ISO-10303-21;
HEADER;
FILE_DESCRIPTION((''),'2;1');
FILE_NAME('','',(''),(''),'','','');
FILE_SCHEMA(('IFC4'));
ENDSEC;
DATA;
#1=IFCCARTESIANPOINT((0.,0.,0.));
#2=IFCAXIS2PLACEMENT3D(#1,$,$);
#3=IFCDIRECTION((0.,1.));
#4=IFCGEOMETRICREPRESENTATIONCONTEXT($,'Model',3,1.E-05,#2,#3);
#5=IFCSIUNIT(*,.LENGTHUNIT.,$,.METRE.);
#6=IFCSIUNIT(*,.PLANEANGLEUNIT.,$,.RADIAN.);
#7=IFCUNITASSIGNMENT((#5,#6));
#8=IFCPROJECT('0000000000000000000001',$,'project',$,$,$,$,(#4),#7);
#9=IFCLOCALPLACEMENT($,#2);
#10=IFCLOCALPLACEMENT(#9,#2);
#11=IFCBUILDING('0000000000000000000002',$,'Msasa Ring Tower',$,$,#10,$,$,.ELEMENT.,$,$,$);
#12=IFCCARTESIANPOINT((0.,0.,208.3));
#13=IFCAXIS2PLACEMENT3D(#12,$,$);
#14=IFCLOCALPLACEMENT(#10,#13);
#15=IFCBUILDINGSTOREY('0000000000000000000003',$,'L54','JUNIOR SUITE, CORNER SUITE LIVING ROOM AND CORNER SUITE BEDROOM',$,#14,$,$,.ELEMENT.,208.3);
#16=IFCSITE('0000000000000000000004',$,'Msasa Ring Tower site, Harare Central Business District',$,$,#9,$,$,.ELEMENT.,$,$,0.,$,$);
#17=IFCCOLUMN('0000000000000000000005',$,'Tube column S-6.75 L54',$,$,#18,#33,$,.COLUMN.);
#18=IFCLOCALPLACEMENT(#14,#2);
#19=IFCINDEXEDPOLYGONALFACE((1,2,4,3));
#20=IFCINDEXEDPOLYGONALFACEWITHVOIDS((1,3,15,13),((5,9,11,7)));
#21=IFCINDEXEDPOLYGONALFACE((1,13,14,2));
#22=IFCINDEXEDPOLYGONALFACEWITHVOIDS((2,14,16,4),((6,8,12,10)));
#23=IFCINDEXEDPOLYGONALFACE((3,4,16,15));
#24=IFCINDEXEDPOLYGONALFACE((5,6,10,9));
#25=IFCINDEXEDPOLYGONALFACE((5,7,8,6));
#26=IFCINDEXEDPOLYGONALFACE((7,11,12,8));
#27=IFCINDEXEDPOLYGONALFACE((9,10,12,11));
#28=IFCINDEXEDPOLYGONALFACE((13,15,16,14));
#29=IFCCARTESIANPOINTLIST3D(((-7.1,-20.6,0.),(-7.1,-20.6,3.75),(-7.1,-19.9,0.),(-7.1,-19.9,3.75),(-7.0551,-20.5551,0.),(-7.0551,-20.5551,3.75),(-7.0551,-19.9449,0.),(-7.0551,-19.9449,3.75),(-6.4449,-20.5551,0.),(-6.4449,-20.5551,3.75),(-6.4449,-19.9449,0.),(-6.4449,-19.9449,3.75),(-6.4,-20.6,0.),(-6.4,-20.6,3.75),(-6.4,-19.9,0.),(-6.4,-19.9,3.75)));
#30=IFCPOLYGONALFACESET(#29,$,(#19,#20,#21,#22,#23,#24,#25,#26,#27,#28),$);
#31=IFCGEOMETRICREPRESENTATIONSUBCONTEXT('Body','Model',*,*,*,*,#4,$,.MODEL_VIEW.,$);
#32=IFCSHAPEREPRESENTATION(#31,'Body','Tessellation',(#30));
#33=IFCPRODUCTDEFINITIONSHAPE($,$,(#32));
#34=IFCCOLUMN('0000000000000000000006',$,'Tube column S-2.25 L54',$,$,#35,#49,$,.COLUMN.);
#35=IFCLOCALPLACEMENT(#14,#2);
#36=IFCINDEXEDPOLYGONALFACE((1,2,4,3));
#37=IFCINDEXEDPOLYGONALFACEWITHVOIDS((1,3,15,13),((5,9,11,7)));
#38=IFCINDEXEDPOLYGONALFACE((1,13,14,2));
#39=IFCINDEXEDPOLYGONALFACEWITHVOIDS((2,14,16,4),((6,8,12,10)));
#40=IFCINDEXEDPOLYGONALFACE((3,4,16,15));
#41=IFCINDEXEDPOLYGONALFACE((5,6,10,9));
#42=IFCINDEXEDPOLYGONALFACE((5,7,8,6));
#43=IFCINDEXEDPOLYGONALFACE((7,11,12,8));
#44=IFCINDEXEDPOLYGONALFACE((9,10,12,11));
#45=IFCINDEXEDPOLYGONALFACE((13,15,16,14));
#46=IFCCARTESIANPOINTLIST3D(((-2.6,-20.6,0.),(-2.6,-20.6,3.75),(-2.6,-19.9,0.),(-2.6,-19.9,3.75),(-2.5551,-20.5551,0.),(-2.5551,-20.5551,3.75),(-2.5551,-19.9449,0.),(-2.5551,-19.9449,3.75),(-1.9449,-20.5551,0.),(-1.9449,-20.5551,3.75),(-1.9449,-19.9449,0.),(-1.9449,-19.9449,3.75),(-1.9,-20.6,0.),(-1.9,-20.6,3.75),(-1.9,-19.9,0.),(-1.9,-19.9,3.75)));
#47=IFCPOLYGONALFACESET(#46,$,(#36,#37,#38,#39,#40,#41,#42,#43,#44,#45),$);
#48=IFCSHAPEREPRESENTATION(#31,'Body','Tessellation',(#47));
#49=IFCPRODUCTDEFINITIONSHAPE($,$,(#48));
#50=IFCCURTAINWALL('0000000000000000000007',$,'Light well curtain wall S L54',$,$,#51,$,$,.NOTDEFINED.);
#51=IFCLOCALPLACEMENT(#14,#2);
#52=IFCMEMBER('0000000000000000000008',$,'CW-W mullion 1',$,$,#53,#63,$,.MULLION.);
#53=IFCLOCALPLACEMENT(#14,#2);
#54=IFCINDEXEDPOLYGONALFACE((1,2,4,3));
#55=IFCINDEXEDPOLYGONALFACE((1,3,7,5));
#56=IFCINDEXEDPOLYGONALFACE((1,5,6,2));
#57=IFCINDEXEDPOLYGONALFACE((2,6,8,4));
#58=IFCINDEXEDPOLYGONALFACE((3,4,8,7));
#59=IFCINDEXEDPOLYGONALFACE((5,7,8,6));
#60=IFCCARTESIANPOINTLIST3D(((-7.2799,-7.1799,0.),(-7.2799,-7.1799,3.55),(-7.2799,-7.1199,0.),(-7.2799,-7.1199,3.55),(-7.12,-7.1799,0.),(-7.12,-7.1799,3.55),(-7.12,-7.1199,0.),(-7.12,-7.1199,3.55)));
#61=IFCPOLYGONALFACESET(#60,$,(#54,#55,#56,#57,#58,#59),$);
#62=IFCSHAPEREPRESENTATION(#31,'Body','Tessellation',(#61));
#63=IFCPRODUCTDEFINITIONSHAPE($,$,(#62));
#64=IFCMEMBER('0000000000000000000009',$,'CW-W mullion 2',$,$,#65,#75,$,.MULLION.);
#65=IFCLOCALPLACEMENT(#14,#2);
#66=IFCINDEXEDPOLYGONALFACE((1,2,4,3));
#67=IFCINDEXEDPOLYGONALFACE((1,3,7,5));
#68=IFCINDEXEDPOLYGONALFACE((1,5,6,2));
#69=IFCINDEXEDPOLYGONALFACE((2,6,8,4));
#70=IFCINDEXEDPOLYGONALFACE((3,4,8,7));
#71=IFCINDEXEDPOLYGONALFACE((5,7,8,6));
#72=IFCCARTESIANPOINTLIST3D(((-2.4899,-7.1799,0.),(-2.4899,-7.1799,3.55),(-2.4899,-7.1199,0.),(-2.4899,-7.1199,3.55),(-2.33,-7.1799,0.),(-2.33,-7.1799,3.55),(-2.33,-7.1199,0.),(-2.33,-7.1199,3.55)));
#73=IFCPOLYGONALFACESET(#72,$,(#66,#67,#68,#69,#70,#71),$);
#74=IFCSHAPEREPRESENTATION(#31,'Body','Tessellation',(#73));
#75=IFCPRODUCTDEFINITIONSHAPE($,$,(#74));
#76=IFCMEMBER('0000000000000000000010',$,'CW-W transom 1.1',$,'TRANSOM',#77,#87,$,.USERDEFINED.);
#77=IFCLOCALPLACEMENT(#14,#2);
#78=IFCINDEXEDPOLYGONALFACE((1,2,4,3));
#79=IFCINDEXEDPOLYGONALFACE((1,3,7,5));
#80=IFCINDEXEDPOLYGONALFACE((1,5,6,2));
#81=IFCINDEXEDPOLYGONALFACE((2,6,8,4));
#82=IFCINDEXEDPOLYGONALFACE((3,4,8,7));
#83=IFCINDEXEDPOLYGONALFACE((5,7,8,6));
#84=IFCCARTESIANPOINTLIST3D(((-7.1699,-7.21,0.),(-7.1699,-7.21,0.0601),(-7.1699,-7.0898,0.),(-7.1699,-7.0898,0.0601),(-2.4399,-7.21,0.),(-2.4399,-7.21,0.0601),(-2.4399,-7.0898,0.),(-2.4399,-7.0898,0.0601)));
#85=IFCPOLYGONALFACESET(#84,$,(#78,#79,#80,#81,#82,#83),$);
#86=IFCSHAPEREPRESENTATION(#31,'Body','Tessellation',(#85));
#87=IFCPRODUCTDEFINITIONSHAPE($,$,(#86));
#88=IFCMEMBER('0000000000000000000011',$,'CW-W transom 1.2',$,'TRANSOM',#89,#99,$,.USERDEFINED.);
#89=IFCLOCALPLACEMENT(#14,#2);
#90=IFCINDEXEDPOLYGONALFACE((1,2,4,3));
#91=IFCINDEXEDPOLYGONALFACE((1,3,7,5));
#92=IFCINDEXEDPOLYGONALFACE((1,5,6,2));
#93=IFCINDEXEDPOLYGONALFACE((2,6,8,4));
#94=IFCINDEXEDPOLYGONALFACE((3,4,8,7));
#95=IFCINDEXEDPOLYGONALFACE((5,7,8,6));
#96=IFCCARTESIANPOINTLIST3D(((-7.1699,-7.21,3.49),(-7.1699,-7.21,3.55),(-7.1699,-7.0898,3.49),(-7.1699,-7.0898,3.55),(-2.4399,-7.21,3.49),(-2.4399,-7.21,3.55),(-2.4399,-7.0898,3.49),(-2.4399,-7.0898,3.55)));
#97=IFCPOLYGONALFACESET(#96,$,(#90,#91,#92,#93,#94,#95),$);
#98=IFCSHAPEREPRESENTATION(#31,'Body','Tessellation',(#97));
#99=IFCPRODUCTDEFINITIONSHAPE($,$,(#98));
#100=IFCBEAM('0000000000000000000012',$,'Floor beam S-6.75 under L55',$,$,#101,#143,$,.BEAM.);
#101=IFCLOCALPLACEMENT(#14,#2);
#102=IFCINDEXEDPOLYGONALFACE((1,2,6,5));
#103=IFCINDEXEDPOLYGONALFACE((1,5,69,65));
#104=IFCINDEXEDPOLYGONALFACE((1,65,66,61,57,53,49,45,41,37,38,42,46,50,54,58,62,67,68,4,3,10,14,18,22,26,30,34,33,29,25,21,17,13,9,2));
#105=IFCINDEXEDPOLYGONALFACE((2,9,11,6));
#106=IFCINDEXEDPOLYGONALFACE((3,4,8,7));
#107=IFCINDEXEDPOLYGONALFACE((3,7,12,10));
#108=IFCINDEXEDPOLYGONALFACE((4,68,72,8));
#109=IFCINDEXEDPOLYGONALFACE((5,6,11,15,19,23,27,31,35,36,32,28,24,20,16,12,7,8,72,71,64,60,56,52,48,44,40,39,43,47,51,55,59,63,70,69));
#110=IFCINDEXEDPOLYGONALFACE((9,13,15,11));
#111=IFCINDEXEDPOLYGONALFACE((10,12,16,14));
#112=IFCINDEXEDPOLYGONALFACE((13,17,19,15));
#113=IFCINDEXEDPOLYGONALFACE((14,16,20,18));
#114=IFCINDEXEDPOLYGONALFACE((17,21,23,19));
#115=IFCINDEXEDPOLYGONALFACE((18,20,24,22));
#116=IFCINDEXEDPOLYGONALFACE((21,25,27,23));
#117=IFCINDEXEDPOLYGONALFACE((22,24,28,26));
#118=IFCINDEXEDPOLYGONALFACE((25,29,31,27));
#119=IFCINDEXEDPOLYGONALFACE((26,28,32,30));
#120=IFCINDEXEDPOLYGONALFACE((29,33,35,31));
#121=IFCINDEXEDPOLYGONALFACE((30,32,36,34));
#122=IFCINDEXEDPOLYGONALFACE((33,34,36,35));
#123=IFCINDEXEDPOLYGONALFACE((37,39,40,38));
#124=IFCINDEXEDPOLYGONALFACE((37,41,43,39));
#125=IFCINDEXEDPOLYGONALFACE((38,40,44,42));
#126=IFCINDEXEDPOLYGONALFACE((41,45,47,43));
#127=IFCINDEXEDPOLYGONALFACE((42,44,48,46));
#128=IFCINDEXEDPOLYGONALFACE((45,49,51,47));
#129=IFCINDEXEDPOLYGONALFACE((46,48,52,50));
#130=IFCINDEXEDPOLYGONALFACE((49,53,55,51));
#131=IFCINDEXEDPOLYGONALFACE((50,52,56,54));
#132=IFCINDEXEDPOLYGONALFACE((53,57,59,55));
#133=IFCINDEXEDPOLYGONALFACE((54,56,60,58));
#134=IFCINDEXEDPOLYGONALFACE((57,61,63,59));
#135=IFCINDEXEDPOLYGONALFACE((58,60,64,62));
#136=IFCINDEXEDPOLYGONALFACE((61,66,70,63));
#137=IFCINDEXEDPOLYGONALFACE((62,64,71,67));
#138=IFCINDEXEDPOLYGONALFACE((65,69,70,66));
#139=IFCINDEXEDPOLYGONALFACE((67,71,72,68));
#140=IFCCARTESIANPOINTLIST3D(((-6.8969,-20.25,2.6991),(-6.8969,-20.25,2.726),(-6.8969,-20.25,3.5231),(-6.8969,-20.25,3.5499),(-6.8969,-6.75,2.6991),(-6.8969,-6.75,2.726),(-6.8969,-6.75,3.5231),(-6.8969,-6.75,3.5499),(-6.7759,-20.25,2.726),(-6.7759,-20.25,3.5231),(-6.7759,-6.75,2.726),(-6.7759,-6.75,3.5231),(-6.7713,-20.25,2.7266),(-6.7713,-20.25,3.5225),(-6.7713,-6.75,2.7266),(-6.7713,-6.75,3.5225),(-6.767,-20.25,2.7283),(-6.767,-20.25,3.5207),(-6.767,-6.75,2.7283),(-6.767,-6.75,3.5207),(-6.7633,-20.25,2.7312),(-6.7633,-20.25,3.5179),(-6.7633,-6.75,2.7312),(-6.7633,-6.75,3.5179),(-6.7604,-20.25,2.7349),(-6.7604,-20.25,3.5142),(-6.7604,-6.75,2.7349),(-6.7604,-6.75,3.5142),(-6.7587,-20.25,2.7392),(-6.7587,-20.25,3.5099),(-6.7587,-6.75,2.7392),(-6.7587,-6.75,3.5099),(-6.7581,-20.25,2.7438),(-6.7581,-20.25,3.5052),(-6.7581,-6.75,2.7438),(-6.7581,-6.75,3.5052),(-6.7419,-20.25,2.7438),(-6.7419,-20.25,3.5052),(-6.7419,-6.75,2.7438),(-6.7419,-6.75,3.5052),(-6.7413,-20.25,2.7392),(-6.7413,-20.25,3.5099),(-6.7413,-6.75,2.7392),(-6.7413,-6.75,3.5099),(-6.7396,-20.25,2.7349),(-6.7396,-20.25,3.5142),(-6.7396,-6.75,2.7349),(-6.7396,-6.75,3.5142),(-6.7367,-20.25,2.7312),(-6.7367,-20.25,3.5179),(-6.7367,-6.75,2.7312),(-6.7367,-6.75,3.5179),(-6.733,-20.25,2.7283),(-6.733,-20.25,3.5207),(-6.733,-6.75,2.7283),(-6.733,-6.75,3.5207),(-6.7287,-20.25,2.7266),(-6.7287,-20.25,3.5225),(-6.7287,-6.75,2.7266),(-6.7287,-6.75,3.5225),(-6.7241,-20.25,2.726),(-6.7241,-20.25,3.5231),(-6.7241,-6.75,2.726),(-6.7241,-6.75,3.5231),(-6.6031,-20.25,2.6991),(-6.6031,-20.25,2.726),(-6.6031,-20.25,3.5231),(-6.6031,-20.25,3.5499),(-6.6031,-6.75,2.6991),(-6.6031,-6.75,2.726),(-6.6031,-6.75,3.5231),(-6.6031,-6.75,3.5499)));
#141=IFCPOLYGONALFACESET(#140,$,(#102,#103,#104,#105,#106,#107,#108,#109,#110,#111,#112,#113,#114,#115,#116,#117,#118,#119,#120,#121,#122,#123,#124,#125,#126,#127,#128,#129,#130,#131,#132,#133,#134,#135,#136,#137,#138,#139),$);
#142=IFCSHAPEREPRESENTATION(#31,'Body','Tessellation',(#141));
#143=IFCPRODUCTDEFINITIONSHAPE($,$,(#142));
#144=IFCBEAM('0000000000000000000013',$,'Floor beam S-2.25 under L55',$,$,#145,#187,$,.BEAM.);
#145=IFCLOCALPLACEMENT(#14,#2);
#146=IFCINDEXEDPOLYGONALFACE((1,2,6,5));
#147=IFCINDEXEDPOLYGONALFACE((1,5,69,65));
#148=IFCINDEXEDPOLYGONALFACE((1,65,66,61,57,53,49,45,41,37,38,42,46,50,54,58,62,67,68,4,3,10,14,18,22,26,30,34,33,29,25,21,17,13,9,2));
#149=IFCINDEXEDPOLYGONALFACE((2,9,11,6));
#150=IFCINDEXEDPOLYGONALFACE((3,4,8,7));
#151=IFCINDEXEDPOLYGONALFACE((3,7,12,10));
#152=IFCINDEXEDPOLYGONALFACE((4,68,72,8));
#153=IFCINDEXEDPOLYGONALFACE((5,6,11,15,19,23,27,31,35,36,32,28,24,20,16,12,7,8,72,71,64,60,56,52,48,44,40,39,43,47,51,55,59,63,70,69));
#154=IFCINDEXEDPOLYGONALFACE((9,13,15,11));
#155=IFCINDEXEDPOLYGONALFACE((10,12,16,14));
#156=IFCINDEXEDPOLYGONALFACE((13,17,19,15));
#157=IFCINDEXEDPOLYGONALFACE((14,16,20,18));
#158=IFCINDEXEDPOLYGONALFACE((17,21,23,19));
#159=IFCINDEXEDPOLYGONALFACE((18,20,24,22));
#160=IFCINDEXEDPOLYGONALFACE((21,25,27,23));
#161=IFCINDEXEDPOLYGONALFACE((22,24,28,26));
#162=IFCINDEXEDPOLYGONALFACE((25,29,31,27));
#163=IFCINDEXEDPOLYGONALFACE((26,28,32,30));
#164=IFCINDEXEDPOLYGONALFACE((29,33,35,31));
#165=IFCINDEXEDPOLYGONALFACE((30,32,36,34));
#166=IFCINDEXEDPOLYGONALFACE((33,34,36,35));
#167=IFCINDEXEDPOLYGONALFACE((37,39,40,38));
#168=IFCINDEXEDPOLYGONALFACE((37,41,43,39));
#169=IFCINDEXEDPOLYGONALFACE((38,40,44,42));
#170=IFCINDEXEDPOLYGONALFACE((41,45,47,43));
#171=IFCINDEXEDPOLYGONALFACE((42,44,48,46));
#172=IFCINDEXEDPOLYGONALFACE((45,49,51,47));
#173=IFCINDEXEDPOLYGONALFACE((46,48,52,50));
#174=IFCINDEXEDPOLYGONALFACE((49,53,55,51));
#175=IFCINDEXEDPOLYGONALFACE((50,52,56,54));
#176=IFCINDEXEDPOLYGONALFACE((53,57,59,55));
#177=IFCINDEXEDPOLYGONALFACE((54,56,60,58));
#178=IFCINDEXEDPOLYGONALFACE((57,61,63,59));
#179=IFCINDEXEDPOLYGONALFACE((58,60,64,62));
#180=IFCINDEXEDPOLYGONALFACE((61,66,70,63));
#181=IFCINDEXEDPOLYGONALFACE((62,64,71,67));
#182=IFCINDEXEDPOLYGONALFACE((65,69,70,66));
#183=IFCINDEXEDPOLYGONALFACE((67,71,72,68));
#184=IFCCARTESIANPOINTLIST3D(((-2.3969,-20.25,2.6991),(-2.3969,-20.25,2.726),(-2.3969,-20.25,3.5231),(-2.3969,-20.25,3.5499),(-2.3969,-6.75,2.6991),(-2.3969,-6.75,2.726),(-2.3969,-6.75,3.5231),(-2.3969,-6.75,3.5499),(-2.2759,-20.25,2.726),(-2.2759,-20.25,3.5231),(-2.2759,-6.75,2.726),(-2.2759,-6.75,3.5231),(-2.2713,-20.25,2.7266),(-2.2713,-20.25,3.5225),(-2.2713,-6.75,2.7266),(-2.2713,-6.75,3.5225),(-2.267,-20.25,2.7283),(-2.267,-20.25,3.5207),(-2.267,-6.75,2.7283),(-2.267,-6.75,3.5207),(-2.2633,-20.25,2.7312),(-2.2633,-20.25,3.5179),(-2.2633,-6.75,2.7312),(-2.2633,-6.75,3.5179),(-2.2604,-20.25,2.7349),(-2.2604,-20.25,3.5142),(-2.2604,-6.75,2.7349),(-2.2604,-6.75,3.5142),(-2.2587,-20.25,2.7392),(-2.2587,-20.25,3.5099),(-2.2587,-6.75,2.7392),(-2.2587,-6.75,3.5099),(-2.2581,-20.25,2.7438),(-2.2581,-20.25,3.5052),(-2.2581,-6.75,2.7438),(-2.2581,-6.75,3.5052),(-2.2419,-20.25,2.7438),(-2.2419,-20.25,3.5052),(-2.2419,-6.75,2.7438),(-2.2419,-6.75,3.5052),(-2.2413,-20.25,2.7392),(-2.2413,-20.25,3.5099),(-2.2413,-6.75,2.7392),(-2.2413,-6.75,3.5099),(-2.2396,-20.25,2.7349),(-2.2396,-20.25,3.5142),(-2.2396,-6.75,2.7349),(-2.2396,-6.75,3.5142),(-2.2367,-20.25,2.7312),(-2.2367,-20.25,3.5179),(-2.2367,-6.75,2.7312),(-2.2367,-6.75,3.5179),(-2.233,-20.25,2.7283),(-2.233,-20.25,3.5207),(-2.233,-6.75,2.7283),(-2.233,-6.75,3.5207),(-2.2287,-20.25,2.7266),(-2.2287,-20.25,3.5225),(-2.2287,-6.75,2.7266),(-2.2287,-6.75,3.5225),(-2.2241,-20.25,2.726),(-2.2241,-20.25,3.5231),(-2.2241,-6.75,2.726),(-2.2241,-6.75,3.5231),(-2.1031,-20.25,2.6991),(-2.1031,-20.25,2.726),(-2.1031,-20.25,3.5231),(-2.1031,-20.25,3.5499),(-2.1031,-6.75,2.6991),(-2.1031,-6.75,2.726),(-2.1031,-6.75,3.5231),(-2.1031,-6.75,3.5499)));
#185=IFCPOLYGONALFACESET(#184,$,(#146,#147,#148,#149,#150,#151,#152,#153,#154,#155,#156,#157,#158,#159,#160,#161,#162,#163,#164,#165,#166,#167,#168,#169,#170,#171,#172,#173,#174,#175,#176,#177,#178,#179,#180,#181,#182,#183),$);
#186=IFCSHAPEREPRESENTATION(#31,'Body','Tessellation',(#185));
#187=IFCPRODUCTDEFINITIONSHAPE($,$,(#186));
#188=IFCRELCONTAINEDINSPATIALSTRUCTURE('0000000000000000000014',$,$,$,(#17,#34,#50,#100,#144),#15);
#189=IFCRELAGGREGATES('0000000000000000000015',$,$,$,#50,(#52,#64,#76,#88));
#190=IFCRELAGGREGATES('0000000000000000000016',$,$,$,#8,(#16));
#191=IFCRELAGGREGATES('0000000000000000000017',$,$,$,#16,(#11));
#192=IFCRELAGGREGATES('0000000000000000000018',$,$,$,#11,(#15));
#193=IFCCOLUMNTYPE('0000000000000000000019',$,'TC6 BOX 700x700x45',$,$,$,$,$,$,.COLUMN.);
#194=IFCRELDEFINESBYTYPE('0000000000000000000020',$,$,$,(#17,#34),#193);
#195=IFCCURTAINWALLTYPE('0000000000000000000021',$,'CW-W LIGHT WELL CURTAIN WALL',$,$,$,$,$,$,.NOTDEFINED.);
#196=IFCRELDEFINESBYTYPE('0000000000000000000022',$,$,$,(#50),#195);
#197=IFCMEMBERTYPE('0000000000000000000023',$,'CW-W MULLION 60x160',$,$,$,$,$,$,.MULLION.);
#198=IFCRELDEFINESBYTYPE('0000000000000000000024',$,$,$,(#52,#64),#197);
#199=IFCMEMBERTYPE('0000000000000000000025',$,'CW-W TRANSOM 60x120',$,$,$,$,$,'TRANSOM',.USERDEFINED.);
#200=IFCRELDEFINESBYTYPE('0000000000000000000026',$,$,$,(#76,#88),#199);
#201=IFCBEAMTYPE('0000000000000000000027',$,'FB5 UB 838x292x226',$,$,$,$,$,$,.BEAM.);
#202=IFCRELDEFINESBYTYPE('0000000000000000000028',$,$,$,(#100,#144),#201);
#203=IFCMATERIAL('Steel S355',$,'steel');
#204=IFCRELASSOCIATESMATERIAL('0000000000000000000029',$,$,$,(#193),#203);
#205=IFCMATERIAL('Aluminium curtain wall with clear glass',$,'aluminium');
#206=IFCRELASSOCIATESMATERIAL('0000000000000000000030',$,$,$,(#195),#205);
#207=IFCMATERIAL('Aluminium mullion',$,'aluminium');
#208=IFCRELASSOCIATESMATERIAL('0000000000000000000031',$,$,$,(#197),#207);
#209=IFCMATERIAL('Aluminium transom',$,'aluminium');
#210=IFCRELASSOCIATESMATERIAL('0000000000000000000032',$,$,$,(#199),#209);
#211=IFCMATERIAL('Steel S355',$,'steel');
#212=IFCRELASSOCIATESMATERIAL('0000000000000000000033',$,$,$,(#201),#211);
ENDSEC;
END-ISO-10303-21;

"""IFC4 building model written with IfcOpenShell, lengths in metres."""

from ifc_helpers import new_model, si_unit, direction, frame, origin, origin_2d, place, context, subcontext, project, spatial, rectangle, hollow_rectangle, i_section, extrude, material, material_profile, profile_set, type_object, element, aggregate, save


model = new_model("IFC4")

# Units and contexts
model_context = context("Model", 3, precision=1e-05, world=origin(), true_north=direction((0.0, 1.0)))
body_context = subcontext(model_context, "Body", "Model", "MODEL_VIEW")
ifc_project = project(units=[si_unit("LENGTHUNIT", "METRE"), si_unit("PLANEANGLEUNIT", "RADIAN")], contexts=[model_context])

# Site, building, storey
site_placement = place(None, origin())
site = spatial("IfcSite", under=ifc_project, at=site_placement, Name="Msasa Ring Tower site, Harare Central Business District", CompositionType="ELEMENT", RefElevation=0.0)
building_placement = place(site_placement, origin())
building = spatial("IfcBuilding", under=site, at=building_placement, Name="Msasa Ring Tower", CompositionType="ELEMENT")
storey_placement = place(building_placement, frame((0.0, 0.0, 208.3)))
storey = spatial("IfcBuildingStorey", under=building, at=storey_placement, Name="L54", Description="JUNIOR SUITE, CORNER SUITE LIVING ROOM AND CORNER SUITE BEDROOM", CompositionType="ELEMENT", Elevation=208.3)

# Columns
ifc_material_1 = material(Name="Steel S355", Category="steel")
ifc_material_profile_1 = material_profile(ifc_material_1, hollow_rectangle(XDim=0.7, YDim=0.7, WallThickness=0.0449, at=origin_2d()), Name="BOX 700x700x45")
ifc_profile_set_1 = profile_set([ifc_material_profile_1], Name="Steel S355")
column_type = type_object("IfcColumnType", Name="TC6 BOX 700x700x45", PredefinedType="COLUMN", material=ifc_profile_set_1)
for number, where, z_axis, x_axis, name in (
    (1, (-6.75, -20.25, 0.0), (0.0, 0.0, 1.0), (0.0, 1.0, 0.0), "Tube column S-6.75 L54"),
    (2, (-2.25, -20.25, 0.0), (0.0, 0.0, 1.0), (0.0, 1.0, 0.0), "Tube column S-2.25 L54"),
):
    element("IfcColumn", number, at=place(storey_placement, frame(where, z_axis=z_axis, x_axis=x_axis)), inside=storey, type_object=column_type, Name=name, PredefinedType="COLUMN", context=body_context, shape_type="SweptSolid", body=[
        extrude(hollow_rectangle(XDim=0.7, YDim=0.7, WallThickness=0.0449, at=origin_2d()), origin(), (0.0, 0.0, 1.0), 3.75),
    ])

# Curtain wall, members
ifc_material_2 = material(Name="Aluminium curtain wall with clear glass", Category="aluminium")
curtain_wall_type = type_object("IfcCurtainWallType", Name="CW-W LIGHT WELL CURTAIN WALL", PredefinedType="NOTDEFINED", material=ifc_material_2)
curtain_wall_placement = place(storey_placement, origin())
curtain_wall = element("IfcCurtainWall", 3, at=curtain_wall_placement, inside=storey, type_object=curtain_wall_type, Name="Light well curtain wall S L54", PredefinedType="NOTDEFINED")
ifc_material_3 = material(Name="Aluminium mullion", Category="aluminium")
ifc_material_profile_2 = material_profile(ifc_material_3, rectangle(XDim=0.0601, YDim=0.1599, at=origin_2d()), Name="AL 60x160")
ifc_profile_set_2 = profile_set([ifc_material_profile_2], Name="Aluminium mullion")
member_type_1 = type_object("IfcMemberType", Name="CW-W MULLION 60x160", PredefinedType="MULLION", material=ifc_profile_set_2)
member_1_placement = place(storey_placement, frame((-7.2, -7.1499, 0.0), z_axis=(0.0, 0.0, 1.0), x_axis=(0.0, 1.0, 0.0)))
member_1 = element("IfcMember", 4, at=member_1_placement, type_object=member_type_1, Name="CW-W mullion 1", PredefinedType="MULLION", context=body_context, shape_type="SweptSolid", body=[
    extrude(rectangle(XDim=0.0601, YDim=0.1599, at=origin_2d()), origin(), (0.0, 0.0, 1.0), 3.55),
])
member_2_placement = place(storey_placement, frame((-2.4099, -7.1499, 0.0), z_axis=(0.0, 0.0, 1.0), x_axis=(0.0, 1.0, 0.0)))
member_2 = element("IfcMember", 5, at=member_2_placement, type_object=member_type_1, Name="CW-W mullion 2", PredefinedType="MULLION", context=body_context, shape_type="SweptSolid", body=[
    extrude(rectangle(XDim=0.0601, YDim=0.1599, at=origin_2d()), origin(), (0.0, 0.0, 1.0), 3.55),
])
ifc_material_4 = material(Name="Aluminium transom", Category="aluminium")
ifc_material_profile_3 = material_profile(ifc_material_4, rectangle(XDim=0.1201, YDim=0.0601, at=origin_2d()), Name="AL 60x120")
ifc_profile_set_3 = profile_set([ifc_material_profile_3], Name="Aluminium transom")
member_type_2 = type_object("IfcMemberType", Name="CW-W TRANSOM 60x120", ElementType="TRANSOM", PredefinedType="USERDEFINED", material=ifc_profile_set_3)
member_3_placement = place(storey_placement, frame((-7.1699, -7.1499, 0.03), z_axis=(1.0, 0.0, 0.0), x_axis=(0.0, 1.0, 0.0)))
member_3 = element("IfcMember", 6, at=member_3_placement, type_object=member_type_2, Name="CW-W transom 1.1", ObjectType="TRANSOM", PredefinedType="USERDEFINED", context=body_context, shape_type="SweptSolid", body=[
    extrude(rectangle(XDim=0.1201, YDim=0.0601, at=origin_2d()), origin(), (0.0, 0.0, 1.0), 4.73),
])
member_4_placement = place(storey_placement, frame((-7.1699, -7.1499, 3.52), z_axis=(1.0, 0.0, 0.0), x_axis=(0.0, 1.0, 0.0)))
member_4 = element("IfcMember", 7, at=member_4_placement, type_object=member_type_2, Name="CW-W transom 1.2", ObjectType="TRANSOM", PredefinedType="USERDEFINED", context=body_context, shape_type="SweptSolid", body=[
    extrude(rectangle(XDim=0.1201, YDim=0.0601, at=origin_2d()), origin(), (0.0, 0.0, 1.0), 4.73),
])

# Beams
ifc_material_5 = material(Name="Steel S355", Category="steel")
ifc_material_profile_4 = material_profile(ifc_material_5, i_section(OverallWidth=0.2937, OverallDepth=0.8508, WebThickness=0.0161, FlangeThickness=0.0269, FilletRadius=0.0178, at=origin_2d()), Name="UB 838x292x226")
ifc_profile_set_4 = profile_set([ifc_material_profile_4], Name="Steel S355")
beam_type_1 = type_object("IfcBeamType", Name="FB5 UB 838x292x226", PredefinedType="BEAM", material=ifc_profile_set_4)
for number, where, z_axis, x_axis, name in (
    (8, (-6.75, -20.25, 3.1245), (0.0, 1.0, 0.0), (-1.0, 0.0, 0.0), "Floor beam S-6.75 under L55"),
    (9, (-2.25, -20.25, 3.1245), (0.0, 1.0, 0.0), (-1.0, 0.0, 0.0), "Floor beam S-2.25 under L55"),
):
    element("IfcBeam", number, at=place(storey_placement, frame(where, z_axis=z_axis, x_axis=x_axis)), inside=storey, type_object=beam_type_1, Name=name, PredefinedType="BEAM", context=body_context, shape_type="SweptSolid", body=[
        extrude(i_section(OverallWidth=0.2937, OverallDepth=0.8508, WebThickness=0.0161, FlangeThickness=0.0269, FilletRadius=0.0178, at=origin_2d()), origin(), (0.0, 0.0, 1.0), 13.5),
    ])

aggregate(curtain_wall, [member_1, member_2, member_3, member_4])

save(model, "model.ifc")
